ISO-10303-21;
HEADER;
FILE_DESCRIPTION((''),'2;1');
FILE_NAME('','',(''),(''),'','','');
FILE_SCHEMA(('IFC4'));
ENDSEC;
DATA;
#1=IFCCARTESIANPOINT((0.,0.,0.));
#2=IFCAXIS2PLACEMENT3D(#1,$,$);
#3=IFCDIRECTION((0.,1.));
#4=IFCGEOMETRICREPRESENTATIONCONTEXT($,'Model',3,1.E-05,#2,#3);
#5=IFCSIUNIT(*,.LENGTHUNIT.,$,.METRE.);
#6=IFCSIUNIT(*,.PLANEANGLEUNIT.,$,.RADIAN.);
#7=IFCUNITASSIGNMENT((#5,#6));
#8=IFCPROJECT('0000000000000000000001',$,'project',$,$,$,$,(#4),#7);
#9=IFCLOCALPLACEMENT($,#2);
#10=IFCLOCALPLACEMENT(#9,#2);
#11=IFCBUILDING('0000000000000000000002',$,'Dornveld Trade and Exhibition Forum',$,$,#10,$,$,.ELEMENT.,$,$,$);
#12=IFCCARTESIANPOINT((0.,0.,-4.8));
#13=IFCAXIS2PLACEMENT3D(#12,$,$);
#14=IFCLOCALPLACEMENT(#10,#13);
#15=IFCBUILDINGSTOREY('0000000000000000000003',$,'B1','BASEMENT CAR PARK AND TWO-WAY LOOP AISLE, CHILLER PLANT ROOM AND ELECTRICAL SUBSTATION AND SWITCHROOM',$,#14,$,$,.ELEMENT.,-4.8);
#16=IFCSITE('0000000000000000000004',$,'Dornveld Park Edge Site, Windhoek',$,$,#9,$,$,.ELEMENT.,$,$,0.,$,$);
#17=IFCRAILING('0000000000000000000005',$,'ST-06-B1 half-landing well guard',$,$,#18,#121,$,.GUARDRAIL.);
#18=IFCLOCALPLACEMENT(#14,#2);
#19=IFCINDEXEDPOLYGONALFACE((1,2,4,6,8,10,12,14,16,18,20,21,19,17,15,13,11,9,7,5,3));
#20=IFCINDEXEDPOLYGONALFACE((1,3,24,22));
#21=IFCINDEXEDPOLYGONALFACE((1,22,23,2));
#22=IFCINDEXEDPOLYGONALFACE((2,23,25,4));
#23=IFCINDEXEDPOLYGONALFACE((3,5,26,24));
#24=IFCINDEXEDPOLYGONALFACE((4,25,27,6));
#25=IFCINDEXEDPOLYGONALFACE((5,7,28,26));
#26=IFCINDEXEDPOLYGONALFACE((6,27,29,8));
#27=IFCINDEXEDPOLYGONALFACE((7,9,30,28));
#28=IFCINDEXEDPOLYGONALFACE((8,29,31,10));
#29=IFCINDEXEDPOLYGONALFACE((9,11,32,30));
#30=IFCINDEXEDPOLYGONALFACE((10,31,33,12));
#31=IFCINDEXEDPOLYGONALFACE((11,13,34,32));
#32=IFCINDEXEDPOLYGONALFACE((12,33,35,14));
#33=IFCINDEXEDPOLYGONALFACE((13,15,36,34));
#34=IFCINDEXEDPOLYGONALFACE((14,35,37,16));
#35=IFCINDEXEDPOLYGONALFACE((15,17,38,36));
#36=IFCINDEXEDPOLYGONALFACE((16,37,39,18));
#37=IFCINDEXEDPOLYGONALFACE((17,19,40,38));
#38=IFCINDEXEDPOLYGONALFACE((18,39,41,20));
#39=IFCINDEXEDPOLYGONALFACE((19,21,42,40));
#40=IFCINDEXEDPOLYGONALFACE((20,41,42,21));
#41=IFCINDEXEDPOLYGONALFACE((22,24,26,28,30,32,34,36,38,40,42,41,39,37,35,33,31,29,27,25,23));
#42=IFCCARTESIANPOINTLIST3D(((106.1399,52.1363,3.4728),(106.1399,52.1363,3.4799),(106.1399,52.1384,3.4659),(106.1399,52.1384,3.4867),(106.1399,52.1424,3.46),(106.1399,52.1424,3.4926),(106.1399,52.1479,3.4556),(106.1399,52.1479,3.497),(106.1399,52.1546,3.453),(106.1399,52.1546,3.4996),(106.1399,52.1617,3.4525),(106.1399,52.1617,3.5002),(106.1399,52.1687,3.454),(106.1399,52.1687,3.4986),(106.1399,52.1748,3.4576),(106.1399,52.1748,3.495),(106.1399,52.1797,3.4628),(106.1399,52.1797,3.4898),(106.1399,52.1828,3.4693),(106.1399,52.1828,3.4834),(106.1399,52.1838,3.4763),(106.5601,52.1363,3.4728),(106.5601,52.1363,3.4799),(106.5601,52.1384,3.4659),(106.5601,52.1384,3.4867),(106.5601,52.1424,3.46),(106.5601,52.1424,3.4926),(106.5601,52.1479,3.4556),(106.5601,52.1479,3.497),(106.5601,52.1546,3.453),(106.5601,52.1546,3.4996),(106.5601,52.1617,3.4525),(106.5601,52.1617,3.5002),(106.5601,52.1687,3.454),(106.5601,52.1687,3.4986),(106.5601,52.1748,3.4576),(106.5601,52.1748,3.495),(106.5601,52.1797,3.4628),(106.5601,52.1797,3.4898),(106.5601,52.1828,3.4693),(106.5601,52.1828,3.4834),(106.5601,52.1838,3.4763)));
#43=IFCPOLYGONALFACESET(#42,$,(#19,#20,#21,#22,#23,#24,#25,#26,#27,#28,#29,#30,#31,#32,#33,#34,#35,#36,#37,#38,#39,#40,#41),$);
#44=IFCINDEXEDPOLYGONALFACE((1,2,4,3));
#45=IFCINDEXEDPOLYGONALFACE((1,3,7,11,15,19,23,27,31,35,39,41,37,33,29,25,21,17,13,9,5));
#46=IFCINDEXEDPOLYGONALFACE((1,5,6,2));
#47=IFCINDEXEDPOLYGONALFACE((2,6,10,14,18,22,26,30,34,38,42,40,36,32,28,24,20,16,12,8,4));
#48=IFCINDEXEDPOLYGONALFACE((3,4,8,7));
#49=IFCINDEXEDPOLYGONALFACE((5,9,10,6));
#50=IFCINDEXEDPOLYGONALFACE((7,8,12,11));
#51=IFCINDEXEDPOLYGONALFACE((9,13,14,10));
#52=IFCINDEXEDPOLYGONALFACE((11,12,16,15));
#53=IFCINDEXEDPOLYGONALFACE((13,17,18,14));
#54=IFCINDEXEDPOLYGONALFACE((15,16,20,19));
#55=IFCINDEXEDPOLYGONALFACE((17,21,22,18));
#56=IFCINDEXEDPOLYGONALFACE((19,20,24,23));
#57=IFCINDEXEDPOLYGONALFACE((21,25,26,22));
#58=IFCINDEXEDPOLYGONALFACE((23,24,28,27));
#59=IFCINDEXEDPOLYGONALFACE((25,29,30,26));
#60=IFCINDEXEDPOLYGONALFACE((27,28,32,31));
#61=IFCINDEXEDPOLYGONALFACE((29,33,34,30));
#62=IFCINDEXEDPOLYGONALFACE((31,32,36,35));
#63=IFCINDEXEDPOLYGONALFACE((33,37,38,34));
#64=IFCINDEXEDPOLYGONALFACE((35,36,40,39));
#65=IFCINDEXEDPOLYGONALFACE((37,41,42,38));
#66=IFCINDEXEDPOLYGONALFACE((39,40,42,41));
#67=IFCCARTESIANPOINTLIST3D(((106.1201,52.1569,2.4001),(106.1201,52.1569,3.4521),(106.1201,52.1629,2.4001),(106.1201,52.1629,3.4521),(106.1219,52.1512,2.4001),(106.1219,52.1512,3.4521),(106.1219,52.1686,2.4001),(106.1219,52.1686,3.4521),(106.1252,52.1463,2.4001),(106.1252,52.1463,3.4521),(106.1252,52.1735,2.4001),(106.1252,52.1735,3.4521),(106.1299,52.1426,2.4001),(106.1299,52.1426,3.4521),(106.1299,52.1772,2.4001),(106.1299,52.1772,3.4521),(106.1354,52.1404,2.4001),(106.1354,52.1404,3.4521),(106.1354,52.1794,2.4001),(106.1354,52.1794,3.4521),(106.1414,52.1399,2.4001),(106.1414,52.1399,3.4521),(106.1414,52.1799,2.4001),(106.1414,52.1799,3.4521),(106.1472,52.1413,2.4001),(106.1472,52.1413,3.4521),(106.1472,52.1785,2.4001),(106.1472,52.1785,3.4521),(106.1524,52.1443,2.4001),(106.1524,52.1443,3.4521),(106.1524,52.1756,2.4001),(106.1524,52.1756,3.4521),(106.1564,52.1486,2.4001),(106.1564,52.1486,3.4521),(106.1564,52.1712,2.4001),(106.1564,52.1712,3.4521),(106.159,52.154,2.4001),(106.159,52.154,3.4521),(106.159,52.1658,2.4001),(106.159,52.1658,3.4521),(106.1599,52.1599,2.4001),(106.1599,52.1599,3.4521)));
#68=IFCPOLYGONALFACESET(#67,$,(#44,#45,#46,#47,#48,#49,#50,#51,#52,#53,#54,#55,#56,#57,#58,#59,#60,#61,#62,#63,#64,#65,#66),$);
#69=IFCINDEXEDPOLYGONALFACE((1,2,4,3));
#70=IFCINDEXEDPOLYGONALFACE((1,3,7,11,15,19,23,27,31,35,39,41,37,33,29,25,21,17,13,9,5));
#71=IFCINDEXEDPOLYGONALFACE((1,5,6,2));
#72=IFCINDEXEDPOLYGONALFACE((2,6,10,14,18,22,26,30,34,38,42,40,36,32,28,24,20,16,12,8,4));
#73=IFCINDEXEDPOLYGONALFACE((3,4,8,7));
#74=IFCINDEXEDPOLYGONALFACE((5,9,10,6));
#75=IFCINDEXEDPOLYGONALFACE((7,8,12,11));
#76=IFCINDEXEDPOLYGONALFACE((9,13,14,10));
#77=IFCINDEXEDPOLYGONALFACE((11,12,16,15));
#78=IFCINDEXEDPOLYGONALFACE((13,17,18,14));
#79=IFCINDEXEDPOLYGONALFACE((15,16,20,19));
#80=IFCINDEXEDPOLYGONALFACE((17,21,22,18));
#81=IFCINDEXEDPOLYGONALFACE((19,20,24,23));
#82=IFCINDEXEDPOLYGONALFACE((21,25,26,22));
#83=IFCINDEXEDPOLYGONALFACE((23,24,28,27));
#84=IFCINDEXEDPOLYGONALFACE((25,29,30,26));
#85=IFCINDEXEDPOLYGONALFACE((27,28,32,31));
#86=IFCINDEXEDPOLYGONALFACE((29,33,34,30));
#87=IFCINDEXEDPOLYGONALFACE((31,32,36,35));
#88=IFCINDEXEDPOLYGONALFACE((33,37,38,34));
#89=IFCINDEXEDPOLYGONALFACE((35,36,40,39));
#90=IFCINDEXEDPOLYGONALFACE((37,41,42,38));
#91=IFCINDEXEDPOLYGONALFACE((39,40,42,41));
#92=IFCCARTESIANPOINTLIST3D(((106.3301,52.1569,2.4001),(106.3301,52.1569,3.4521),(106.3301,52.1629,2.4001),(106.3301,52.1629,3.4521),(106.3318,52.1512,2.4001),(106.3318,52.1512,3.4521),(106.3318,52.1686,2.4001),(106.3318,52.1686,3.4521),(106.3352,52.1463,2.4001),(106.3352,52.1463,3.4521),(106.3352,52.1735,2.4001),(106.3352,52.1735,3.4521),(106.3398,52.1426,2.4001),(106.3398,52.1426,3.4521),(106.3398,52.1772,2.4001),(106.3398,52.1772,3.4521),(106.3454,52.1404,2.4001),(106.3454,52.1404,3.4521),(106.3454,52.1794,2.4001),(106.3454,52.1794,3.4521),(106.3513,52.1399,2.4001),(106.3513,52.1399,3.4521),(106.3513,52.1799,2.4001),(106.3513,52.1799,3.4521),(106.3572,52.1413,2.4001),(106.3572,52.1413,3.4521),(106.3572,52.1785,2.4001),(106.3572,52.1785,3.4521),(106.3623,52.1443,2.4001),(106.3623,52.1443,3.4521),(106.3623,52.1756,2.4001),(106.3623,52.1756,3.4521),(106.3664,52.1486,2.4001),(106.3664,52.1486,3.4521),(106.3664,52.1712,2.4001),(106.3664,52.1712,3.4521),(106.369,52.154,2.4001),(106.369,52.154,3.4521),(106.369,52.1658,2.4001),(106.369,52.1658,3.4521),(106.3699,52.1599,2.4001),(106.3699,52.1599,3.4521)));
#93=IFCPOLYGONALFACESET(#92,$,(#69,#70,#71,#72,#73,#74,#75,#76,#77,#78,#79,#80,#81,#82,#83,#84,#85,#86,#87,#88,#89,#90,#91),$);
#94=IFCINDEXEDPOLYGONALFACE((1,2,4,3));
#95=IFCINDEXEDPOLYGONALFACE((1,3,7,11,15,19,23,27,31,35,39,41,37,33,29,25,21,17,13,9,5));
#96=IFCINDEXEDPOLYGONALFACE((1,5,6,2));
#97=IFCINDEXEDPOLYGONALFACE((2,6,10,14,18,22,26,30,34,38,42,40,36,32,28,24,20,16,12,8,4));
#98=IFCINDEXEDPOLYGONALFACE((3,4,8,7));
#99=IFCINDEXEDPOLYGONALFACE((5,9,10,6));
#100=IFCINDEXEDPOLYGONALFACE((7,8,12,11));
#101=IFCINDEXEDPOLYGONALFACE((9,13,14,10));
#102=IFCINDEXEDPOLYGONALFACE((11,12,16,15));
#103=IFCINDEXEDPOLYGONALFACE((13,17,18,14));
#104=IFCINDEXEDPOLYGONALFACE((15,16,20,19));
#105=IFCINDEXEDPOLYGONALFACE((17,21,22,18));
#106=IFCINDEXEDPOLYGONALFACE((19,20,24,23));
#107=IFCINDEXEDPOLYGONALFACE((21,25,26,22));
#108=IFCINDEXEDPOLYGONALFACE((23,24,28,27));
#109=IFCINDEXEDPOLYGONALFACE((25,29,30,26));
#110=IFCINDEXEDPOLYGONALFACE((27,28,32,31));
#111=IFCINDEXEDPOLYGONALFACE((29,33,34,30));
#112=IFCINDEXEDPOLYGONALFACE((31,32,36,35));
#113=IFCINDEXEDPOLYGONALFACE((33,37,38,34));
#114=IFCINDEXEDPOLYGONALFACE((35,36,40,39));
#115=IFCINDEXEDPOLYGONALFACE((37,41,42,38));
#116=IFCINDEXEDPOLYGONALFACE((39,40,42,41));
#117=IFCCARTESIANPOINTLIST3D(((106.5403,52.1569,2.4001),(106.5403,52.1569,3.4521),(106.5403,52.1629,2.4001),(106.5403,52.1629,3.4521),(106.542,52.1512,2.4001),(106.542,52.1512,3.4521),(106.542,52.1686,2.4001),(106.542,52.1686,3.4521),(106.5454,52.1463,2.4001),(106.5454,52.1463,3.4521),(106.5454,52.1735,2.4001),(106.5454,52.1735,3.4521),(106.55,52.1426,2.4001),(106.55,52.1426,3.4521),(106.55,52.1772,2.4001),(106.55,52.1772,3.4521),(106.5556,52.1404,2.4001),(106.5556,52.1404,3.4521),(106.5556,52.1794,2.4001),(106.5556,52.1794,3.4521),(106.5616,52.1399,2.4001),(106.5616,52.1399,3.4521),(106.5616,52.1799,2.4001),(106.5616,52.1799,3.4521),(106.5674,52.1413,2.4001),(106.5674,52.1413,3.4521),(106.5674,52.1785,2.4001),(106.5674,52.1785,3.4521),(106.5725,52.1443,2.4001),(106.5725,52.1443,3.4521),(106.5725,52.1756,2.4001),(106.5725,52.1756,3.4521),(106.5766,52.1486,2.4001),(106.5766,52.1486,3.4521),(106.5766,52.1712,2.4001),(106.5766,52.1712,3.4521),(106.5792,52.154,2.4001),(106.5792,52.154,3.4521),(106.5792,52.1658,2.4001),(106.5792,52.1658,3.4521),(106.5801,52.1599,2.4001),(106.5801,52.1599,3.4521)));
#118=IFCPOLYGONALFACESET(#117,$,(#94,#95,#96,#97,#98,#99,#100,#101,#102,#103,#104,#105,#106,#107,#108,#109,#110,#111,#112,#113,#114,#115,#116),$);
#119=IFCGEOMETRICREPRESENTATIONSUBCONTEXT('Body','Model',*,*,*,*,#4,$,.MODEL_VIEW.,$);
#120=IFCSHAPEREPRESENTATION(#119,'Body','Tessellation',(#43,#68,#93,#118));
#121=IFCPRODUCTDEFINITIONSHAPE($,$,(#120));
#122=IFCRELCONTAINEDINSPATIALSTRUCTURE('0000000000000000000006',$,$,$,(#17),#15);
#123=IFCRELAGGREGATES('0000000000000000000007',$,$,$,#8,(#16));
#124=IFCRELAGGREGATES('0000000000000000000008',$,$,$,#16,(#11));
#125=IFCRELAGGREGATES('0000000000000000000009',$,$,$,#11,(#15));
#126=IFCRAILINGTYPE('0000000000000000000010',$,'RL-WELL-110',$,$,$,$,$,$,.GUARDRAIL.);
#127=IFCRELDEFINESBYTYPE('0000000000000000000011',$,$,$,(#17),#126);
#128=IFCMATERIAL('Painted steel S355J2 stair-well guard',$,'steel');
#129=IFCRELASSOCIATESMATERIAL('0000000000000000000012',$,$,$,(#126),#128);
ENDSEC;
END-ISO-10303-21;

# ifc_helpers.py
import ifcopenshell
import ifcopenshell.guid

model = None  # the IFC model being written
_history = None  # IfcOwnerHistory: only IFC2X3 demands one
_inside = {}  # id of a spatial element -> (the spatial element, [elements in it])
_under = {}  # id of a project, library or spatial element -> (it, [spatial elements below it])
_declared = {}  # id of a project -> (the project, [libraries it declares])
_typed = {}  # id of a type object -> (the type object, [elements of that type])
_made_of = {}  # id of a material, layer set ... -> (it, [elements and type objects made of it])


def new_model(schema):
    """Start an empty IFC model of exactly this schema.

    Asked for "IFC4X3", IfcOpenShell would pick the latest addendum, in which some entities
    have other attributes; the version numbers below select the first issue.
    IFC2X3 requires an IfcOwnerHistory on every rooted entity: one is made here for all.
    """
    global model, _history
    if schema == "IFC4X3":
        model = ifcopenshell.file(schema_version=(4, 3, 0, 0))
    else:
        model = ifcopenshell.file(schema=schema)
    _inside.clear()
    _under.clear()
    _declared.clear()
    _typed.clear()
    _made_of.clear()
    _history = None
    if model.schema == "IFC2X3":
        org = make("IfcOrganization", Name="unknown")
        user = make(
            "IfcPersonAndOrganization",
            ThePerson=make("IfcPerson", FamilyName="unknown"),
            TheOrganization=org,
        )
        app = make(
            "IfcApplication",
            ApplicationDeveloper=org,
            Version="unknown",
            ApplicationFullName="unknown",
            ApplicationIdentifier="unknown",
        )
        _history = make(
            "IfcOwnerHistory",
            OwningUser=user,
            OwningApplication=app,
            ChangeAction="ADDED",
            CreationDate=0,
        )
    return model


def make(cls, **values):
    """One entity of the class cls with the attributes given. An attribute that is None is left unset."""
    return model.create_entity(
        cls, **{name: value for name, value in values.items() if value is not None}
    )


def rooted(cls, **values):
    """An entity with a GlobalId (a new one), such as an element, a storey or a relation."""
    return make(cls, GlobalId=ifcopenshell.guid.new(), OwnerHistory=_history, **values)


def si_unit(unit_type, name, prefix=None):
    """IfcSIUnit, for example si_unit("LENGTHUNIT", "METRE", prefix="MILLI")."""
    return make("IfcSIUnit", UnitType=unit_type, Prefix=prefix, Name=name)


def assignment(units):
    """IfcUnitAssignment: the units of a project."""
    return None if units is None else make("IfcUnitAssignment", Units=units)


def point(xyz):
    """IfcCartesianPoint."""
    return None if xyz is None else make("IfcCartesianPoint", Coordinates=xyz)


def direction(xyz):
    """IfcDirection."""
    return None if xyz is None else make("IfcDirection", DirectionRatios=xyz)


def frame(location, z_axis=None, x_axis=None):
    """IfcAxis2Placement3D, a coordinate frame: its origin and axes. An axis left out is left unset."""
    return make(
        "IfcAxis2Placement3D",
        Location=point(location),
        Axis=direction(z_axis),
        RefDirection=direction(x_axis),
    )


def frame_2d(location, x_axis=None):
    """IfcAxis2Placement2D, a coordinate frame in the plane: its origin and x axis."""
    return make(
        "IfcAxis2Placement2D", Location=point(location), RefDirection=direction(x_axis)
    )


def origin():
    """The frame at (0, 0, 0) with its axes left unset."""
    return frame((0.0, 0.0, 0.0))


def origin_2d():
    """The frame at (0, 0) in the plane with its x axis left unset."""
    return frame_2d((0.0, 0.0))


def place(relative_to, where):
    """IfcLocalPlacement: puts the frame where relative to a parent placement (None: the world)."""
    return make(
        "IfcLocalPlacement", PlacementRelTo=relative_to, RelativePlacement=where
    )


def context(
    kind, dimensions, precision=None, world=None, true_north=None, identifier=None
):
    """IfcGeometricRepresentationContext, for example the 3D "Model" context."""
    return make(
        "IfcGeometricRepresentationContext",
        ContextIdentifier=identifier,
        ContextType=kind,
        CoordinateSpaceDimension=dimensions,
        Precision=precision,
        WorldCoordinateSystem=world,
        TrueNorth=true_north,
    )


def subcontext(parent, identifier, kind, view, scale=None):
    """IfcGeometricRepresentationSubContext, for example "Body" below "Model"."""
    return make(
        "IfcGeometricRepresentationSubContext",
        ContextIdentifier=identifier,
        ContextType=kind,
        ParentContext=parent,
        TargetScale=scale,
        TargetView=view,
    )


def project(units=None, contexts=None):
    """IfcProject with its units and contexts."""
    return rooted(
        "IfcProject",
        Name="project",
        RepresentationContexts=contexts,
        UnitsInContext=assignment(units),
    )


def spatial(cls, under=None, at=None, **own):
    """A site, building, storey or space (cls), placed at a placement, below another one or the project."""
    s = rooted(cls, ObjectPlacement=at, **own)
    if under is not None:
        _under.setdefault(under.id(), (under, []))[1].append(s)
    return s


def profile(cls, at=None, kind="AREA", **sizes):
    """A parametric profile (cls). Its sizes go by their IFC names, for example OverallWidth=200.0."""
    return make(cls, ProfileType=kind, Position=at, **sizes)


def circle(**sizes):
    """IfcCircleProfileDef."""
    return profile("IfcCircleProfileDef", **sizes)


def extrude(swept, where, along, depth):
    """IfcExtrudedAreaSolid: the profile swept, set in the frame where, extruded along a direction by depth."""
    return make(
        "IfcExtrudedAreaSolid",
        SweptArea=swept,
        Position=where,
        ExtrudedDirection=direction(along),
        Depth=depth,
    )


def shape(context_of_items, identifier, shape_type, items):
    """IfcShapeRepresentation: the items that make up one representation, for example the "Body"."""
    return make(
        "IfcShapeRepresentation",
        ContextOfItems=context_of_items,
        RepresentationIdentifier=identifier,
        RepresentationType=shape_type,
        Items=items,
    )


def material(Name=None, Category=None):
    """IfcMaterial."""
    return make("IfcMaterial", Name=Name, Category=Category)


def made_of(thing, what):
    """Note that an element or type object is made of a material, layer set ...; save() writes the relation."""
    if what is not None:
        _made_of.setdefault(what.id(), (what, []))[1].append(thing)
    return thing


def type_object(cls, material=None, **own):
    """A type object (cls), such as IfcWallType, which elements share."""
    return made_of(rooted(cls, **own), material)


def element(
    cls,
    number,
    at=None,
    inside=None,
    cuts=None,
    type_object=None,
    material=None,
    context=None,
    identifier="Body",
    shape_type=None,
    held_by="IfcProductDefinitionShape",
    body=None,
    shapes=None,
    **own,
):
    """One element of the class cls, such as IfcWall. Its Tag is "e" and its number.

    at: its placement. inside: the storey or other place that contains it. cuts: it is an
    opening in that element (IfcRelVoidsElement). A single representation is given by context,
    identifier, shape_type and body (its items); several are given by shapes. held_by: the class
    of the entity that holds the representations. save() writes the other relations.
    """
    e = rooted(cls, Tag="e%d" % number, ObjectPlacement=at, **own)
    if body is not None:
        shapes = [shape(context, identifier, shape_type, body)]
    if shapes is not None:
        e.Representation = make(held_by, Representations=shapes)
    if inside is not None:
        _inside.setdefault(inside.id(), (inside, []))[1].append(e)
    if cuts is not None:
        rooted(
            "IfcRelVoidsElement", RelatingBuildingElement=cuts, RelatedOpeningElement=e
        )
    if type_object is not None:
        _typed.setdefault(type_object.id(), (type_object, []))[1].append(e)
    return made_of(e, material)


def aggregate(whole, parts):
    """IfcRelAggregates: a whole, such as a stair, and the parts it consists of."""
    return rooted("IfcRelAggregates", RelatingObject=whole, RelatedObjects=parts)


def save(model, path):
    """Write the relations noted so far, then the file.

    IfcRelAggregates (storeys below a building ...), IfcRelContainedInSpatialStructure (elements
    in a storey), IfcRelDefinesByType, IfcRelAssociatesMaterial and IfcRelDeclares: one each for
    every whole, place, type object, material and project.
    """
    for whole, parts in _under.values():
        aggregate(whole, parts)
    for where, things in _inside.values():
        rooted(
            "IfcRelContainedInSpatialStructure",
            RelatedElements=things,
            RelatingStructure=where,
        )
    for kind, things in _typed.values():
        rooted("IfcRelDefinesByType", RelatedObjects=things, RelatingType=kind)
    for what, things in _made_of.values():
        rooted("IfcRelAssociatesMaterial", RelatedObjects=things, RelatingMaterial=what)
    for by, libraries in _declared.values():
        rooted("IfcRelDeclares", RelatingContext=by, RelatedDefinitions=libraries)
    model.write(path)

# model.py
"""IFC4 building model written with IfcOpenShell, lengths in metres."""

from ifc_helpers import new_model, si_unit, direction, frame, origin, origin_2d, place, context, subcontext, project, spatial, circle, extrude, material, type_object, element, save


model = new_model("IFC4")

# Units and contexts
model_context = context("Model", 3, precision=1e-05, world=origin(), true_north=direction((0.0, 1.0)))
body_context = subcontext(model_context, "Body", "Model", "MODEL_VIEW")
ifc_project = project(units=[si_unit("LENGTHUNIT", "METRE"), si_unit("PLANEANGLEUNIT", "RADIAN")], contexts=[model_context])

# Site, building, storey
site_placement = place(None, origin())
site = spatial("IfcSite", under=ifc_project, at=site_placement, Name="Dornveld Park Edge Site, Windhoek", CompositionType="ELEMENT", RefElevation=0.0)
building_placement = place(site_placement, origin())
building = spatial("IfcBuilding", under=site, at=building_placement, Name="Dornveld Trade and Exhibition Forum", CompositionType="ELEMENT")
storey_placement = place(building_placement, frame((0.0, 0.0, -4.8)))
storey = spatial("IfcBuildingStorey", under=building, at=storey_placement, Name="B1", Description="BASEMENT CAR PARK AND TWO-WAY LOOP AISLE, CHILLER PLANT ROOM AND ELECTRICAL SUBSTATION AND SWITCHROOM", CompositionType="ELEMENT", Elevation=-4.8)

# Railing
ifc_material_1 = material(Name="Painted steel S355J2 stair-well guard", Category="steel")
railing_type_1 = type_object("IfcRailingType", Name="RL-WELL-110", PredefinedType="GUARDRAIL", material=ifc_material_1)
railing_1_placement = place(storey_placement, frame((106.1399, 52.1599, 2.4001)))
element("IfcRailing", 1, at=railing_1_placement, inside=storey, type_object=railing_type_1, Name="ST-06-B1 half-landing well guard", PredefinedType="GUARDRAIL", context=body_context, shape_type="SweptSolid", body=[
    extrude(circle(Radius=0.0239, at=origin_2d()), frame((0.0, 0.0, 1.0762), z_axis=(1.0, 0.0, 0.0), x_axis=(0.0, 1.0, 0.0)), (0.0, 0.0, 1.0), 0.4202),
    extrude(circle(Radius=0.02, at=origin_2d()), origin(), (0.0, 0.0, 1.0), 1.052),
    extrude(circle(Radius=0.02, at=origin_2d()), frame((0.21, 0.0, 0.0)), (0.0, 0.0, 1.0), 1.052),
    extrude(circle(Radius=0.02, at=origin_2d()), frame((0.4202, 0.0, 0.0)), (0.0, 0.0, 1.0), 1.052),
])

save(model, "model.ifc")
